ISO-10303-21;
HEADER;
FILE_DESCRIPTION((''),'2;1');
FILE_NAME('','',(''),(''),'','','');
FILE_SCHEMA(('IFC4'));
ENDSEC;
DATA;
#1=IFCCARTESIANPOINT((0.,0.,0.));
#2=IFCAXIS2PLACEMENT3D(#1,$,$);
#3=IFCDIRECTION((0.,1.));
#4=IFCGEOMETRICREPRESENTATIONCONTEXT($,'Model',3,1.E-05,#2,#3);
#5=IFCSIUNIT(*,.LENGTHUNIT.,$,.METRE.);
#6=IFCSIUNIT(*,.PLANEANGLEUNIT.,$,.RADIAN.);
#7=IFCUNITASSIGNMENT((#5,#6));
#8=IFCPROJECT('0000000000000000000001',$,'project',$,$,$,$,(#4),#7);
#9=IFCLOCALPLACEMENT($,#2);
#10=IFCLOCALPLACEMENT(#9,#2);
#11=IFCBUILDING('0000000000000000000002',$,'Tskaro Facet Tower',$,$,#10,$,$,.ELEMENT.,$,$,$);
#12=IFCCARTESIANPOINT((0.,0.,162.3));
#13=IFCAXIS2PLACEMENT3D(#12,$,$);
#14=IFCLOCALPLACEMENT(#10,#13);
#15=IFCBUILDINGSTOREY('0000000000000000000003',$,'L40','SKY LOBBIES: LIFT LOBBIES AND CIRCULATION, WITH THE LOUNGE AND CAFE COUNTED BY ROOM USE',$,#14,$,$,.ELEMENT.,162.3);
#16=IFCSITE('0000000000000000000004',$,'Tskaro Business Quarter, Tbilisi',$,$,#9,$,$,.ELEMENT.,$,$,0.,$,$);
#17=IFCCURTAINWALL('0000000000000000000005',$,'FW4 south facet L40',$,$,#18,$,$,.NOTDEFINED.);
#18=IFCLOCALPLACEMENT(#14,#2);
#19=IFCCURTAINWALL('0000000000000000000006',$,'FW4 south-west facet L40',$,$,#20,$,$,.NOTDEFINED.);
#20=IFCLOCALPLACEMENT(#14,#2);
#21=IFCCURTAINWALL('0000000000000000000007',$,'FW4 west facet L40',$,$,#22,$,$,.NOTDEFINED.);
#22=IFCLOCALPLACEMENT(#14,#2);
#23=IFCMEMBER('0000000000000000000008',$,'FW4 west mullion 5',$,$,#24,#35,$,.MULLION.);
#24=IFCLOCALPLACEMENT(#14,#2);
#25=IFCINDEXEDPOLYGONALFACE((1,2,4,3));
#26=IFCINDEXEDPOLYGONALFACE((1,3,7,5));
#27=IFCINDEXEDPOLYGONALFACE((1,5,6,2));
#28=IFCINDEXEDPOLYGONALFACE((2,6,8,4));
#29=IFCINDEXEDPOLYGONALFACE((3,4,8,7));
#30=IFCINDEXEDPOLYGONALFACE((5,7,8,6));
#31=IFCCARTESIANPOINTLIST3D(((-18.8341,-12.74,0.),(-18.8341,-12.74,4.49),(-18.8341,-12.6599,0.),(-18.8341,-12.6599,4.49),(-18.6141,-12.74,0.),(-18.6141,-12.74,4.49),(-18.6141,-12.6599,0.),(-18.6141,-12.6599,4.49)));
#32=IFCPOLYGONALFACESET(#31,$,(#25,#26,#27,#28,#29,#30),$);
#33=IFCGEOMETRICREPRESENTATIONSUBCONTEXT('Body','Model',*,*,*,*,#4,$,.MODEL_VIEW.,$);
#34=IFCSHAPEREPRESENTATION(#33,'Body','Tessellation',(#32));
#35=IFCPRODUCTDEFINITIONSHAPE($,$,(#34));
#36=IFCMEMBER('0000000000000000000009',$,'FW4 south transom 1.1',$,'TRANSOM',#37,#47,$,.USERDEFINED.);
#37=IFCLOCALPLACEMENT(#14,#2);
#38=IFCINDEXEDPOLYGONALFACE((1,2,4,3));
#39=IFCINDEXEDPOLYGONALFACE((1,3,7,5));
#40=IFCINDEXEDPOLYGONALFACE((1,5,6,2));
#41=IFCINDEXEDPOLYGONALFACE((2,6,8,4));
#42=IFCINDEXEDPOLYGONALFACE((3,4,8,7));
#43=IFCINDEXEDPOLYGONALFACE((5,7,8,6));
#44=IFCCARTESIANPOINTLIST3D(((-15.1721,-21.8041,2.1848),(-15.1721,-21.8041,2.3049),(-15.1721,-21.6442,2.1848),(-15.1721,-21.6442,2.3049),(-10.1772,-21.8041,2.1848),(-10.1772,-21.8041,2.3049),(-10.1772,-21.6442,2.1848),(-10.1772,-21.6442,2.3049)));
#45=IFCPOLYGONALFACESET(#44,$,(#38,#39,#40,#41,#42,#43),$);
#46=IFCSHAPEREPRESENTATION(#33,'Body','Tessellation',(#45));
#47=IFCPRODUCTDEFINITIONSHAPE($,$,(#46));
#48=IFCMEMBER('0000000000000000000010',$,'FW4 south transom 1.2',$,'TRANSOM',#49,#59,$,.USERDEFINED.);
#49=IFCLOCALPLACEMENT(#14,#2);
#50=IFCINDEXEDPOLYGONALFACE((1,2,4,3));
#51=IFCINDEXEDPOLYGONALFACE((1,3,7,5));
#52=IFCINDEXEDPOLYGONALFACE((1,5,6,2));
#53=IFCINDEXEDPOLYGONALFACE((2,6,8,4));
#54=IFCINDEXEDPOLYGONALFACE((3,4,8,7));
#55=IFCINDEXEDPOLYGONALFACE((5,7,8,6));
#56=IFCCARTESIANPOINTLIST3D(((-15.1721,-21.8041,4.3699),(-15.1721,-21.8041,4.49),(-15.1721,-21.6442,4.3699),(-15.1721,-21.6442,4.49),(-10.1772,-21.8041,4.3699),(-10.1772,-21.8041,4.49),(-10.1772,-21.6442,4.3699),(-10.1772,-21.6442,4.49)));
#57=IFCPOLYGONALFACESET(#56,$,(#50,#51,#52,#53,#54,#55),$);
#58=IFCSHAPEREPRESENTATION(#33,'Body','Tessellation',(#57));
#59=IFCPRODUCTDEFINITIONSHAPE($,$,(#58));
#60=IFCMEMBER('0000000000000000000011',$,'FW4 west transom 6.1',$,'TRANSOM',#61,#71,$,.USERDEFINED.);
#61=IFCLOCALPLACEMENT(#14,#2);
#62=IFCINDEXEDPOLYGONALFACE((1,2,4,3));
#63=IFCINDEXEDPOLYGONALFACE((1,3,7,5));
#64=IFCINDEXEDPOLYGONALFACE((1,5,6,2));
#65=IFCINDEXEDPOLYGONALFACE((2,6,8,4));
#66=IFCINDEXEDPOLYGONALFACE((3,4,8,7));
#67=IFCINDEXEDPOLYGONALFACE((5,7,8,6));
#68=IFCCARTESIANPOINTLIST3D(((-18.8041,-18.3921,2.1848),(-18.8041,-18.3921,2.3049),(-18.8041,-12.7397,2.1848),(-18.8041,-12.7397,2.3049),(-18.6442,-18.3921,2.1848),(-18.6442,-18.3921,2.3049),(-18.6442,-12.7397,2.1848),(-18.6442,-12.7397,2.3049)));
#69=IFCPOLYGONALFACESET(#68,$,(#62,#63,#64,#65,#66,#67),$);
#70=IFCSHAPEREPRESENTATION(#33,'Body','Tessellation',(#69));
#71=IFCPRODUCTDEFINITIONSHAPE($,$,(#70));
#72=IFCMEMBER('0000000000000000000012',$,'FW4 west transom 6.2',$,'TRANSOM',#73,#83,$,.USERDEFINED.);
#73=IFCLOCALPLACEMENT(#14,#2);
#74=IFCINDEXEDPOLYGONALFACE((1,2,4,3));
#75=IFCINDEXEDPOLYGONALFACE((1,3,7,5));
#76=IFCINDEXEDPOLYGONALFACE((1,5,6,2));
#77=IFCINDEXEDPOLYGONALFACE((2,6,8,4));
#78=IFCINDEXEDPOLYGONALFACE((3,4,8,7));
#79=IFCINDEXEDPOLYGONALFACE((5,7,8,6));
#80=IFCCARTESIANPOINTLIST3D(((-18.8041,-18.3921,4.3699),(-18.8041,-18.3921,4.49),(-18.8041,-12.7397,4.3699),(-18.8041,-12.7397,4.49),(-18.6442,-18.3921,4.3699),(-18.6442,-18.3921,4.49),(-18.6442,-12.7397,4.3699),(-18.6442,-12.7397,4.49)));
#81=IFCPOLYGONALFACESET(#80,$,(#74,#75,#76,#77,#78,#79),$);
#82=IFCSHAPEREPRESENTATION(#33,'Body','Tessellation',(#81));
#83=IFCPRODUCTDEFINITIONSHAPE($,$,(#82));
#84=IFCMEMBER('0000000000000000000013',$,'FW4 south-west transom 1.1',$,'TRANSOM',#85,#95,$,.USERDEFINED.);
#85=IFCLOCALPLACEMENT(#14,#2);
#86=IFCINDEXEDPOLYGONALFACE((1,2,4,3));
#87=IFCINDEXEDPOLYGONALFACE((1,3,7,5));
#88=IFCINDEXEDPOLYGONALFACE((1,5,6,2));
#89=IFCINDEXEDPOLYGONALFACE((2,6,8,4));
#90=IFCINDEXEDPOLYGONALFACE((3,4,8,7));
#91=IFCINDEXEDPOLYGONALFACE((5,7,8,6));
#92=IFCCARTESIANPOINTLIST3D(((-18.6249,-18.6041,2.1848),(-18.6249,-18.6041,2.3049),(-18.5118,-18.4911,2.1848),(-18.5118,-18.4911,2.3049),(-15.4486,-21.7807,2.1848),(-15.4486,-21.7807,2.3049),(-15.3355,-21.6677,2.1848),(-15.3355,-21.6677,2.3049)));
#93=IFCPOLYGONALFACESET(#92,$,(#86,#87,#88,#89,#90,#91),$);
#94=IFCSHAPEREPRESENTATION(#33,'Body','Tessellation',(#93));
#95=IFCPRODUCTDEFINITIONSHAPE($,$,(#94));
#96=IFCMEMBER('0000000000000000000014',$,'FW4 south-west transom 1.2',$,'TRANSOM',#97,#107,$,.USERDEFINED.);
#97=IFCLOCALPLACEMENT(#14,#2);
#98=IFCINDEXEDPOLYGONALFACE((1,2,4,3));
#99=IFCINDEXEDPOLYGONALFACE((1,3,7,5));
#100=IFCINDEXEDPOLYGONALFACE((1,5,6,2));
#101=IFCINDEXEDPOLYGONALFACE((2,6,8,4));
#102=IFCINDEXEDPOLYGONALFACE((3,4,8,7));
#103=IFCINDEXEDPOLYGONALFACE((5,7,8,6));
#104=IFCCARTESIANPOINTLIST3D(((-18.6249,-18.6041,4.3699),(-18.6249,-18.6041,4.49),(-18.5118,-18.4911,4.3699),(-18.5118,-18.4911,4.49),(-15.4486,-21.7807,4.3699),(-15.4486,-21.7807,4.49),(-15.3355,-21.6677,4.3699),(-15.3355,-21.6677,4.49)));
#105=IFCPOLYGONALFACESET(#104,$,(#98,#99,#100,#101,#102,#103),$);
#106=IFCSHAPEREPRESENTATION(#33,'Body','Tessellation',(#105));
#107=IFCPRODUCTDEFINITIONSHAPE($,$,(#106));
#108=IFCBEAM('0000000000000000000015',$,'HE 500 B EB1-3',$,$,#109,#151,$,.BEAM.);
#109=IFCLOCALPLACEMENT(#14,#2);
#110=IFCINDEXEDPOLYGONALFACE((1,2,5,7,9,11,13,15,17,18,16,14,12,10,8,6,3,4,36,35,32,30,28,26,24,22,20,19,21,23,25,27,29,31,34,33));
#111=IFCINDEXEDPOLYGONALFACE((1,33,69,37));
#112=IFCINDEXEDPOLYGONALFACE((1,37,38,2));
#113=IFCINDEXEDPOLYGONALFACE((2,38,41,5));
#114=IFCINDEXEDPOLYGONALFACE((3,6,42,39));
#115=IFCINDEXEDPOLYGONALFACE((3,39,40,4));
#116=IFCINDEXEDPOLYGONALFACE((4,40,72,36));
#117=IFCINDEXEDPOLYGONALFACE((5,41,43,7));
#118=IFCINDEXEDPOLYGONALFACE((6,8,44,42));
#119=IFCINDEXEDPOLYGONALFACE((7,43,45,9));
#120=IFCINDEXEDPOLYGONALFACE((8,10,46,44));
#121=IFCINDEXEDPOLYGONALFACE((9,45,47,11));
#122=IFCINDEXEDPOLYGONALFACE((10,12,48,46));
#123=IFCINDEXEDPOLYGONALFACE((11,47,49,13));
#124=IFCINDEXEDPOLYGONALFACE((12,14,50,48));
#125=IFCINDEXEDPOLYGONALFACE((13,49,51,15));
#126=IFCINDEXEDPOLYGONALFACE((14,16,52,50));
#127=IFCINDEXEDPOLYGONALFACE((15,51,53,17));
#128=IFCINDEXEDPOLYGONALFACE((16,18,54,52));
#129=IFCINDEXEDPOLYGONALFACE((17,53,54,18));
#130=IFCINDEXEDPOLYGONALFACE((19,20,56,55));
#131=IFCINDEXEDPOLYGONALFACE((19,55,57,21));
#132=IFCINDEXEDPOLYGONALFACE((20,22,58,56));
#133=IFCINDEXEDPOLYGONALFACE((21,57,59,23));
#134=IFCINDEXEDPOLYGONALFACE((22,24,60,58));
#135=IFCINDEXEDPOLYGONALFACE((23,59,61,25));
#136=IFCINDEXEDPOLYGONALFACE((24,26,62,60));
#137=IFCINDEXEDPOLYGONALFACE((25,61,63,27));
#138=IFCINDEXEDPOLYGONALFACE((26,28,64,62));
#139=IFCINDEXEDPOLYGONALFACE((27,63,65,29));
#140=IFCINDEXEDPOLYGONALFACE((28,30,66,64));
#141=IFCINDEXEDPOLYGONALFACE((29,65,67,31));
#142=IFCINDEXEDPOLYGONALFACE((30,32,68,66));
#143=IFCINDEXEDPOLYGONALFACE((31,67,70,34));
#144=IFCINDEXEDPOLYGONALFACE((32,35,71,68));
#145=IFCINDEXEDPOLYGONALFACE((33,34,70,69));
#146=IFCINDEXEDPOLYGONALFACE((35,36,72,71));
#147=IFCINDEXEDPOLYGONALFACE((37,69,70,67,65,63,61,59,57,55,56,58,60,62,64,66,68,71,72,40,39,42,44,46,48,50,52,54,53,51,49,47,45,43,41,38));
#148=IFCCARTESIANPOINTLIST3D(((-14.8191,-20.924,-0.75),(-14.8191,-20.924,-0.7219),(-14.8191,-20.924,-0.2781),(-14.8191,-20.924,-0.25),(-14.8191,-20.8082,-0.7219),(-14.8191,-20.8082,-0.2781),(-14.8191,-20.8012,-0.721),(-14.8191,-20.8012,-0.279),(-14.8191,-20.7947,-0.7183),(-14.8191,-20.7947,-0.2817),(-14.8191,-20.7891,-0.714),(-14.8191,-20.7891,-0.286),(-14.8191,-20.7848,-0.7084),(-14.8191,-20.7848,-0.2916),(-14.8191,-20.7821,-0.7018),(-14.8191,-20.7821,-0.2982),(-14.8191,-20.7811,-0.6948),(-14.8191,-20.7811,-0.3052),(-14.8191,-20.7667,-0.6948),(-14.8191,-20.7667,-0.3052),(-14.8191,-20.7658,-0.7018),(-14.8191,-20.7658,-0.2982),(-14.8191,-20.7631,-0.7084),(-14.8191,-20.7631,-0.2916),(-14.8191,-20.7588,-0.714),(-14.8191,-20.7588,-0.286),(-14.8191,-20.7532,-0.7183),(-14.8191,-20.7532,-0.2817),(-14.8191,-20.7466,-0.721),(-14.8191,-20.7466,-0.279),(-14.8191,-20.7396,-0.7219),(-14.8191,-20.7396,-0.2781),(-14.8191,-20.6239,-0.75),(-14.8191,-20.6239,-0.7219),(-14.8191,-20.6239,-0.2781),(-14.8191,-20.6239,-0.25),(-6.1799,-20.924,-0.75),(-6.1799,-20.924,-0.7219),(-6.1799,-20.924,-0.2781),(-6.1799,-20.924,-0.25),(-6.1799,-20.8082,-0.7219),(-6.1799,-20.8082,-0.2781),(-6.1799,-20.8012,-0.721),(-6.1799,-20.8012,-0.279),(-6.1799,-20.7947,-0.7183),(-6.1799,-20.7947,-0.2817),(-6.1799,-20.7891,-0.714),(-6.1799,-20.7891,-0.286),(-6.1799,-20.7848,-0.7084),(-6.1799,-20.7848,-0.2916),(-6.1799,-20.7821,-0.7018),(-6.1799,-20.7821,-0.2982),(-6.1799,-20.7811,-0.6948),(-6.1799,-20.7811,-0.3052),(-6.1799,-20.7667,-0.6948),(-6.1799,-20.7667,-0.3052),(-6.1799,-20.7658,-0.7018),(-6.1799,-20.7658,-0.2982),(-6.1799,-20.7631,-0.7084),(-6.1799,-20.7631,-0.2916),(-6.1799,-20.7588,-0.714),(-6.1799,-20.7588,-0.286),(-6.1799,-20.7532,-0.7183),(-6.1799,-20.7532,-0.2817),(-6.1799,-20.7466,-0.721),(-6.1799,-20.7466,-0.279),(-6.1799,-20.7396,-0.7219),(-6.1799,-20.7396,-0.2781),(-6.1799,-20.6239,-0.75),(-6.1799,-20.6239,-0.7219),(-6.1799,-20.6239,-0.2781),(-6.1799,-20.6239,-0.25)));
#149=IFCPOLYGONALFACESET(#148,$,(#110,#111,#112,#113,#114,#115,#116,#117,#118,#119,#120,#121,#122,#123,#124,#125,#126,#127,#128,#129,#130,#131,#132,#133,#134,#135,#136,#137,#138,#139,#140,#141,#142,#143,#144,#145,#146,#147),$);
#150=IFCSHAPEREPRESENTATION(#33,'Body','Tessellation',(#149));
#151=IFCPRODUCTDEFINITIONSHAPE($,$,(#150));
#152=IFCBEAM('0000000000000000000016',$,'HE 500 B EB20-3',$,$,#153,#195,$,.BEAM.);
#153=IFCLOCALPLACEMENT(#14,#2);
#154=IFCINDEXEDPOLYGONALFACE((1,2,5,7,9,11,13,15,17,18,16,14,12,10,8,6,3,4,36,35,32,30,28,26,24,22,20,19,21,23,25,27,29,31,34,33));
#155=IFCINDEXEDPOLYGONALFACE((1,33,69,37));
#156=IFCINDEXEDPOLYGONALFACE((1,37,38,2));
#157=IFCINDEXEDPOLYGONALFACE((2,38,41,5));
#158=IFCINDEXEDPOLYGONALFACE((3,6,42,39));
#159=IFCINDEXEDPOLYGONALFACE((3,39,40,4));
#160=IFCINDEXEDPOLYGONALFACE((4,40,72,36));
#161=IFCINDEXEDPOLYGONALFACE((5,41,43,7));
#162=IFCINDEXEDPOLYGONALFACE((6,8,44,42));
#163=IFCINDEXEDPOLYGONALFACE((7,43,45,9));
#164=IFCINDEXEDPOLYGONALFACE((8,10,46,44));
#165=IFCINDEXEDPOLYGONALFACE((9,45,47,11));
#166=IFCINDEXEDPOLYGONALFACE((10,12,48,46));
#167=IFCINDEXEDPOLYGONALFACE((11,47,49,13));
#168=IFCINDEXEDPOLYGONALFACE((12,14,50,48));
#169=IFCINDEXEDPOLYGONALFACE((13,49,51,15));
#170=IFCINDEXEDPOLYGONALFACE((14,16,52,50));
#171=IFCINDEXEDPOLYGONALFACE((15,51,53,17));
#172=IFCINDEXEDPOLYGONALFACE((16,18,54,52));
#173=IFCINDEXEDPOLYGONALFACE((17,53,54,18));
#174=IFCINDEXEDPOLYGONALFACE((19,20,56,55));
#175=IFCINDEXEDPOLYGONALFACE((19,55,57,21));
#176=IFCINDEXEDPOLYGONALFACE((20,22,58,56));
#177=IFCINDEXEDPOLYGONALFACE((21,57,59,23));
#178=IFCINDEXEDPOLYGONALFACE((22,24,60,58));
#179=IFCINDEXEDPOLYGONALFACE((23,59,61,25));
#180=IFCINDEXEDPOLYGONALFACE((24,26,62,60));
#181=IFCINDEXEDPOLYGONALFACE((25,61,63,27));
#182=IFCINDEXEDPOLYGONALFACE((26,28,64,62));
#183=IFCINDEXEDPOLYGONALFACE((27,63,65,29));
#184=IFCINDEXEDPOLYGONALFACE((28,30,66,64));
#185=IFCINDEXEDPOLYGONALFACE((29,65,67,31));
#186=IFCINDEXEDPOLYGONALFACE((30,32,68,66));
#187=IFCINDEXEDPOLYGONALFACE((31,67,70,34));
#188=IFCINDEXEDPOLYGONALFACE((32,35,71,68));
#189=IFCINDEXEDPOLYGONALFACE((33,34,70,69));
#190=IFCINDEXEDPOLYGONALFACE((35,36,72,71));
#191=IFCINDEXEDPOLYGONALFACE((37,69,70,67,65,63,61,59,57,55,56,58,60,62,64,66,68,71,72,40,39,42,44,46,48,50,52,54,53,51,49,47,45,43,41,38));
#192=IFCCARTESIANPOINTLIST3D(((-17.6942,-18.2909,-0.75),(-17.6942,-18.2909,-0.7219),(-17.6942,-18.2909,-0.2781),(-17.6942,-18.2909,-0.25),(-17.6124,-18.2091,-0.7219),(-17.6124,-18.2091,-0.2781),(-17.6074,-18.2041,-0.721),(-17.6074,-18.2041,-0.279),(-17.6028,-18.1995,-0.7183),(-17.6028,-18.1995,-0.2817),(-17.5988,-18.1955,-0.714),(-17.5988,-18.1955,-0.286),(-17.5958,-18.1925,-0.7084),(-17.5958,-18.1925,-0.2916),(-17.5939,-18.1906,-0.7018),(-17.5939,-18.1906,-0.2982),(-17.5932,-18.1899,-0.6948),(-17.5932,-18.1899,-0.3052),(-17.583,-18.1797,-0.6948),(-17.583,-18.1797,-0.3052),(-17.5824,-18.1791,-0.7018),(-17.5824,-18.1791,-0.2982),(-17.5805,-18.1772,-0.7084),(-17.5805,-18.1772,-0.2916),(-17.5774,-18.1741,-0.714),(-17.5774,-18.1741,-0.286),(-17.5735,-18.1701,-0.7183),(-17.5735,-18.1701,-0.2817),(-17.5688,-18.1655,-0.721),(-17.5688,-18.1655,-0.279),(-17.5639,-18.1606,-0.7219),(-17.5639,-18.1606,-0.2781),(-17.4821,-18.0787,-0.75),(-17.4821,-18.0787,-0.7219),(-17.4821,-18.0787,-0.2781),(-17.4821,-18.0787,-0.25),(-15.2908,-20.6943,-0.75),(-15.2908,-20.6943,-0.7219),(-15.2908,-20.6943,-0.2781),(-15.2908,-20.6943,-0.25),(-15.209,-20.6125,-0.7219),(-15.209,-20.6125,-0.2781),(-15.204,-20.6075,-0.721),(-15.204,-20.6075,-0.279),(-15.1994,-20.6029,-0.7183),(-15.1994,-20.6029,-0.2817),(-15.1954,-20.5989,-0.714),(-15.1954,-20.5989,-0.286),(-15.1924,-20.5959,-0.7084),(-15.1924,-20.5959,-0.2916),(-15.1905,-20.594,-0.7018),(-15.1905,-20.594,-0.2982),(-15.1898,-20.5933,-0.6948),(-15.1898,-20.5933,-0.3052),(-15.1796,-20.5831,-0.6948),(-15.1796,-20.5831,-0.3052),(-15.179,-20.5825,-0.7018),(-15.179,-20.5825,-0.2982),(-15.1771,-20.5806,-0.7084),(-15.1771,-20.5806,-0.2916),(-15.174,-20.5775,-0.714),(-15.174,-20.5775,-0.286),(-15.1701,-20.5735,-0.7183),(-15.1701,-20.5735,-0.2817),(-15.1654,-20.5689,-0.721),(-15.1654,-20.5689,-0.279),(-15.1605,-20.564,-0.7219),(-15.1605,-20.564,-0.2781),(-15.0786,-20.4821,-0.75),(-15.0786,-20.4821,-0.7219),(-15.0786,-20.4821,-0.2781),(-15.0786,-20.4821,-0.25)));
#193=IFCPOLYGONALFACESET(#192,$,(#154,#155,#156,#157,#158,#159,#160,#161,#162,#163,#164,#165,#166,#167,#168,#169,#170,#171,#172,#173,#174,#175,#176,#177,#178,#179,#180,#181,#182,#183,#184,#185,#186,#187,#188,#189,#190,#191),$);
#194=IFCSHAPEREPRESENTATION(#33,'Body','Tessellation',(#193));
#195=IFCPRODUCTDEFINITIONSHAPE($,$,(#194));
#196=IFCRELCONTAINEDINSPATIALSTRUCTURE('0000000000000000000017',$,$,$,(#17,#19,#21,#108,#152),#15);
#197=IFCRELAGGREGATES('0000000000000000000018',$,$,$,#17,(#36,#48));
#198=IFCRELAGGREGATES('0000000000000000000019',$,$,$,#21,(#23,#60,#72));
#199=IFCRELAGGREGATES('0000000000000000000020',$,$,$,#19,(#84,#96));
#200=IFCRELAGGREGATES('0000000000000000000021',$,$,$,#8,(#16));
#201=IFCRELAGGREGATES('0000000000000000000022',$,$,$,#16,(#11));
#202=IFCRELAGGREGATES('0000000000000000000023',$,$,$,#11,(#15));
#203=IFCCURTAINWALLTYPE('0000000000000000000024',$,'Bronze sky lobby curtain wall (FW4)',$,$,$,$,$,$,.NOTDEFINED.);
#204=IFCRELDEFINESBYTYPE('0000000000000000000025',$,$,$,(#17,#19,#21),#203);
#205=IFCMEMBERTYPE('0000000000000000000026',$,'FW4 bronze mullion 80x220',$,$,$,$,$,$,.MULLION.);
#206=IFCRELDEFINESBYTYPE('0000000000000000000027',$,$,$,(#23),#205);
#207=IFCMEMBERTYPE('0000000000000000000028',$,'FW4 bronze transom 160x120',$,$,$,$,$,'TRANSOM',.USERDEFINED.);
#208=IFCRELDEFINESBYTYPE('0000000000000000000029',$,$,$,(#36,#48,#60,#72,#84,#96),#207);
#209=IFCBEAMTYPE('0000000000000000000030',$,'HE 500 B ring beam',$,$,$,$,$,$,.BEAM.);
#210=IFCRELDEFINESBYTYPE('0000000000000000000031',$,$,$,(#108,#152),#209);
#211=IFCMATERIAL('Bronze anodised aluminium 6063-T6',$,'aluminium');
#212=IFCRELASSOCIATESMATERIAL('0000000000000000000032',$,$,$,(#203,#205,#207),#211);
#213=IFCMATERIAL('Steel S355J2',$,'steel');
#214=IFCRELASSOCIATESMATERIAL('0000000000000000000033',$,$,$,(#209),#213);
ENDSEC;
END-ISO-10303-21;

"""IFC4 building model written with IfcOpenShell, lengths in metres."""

from ifc_helpers import new_model, si_unit, direction, frame, origin, origin_2d, place, context, subcontext, project, spatial, rectangle, i_section, extrude, material, material_profile, profile_set, type_object, element, aggregate, save


model = new_model("IFC4")

# Units and contexts
model_context = context("Model", 3, precision=1e-05, world=origin(), true_north=direction((0.0, 1.0)))
body_context = subcontext(model_context, "Body", "Model", "MODEL_VIEW")
ifc_project = project(units=[si_unit("LENGTHUNIT", "METRE"), si_unit("PLANEANGLEUNIT", "RADIAN")], contexts=[model_context])

# Site, building, storey
site_placement = place(None, origin())
site = spatial("IfcSite", under=ifc_project, at=site_placement, Name="Tskaro Business Quarter, Tbilisi", CompositionType="ELEMENT", RefElevation=0.0)
building_placement = place(site_placement, origin())
building = spatial("IfcBuilding", under=site, at=building_placement, Name="Tskaro Facet Tower", CompositionType="ELEMENT")
storey_placement = place(building_placement, frame((0.0, 0.0, 162.3)))
storey = spatial("IfcBuildingStorey", under=building, at=storey_placement, Name="L40", Description="SKY LOBBIES: LIFT LOBBIES AND CIRCULATION, WITH THE LOUNGE AND CAFE COUNTED BY ROOM USE", CompositionType="ELEMENT", Elevation=162.3)

# Curtain walls, member
ifc_material_1 = material(Name="Bronze anodised aluminium 6063-T6", Category="aluminium")
curtain_wall_type = type_object("IfcCurtainWallType", Name="Bronze sky lobby curtain wall (FW4)", PredefinedType="NOTDEFINED", material=ifc_material_1)
curtain_wall_1_placement = place(storey_placement, origin())
curtain_wall_1 = element("IfcCurtainWall", 1, at=curtain_wall_1_placement, inside=storey, type_object=curtain_wall_type, Name="FW4 south facet L40", PredefinedType="NOTDEFINED")
curtain_wall_2_placement = place(storey_placement, origin())
curtain_wall_2 = element("IfcCurtainWall", 2, at=curtain_wall_2_placement, inside=storey, type_object=curtain_wall_type, Name="FW4 south-west facet L40", PredefinedType="NOTDEFINED")
curtain_wall_3_placement = place(storey_placement, origin())
curtain_wall_3 = element("IfcCurtainWall", 3, at=curtain_wall_3_placement, inside=storey, type_object=curtain_wall_type, Name="FW4 west facet L40", PredefinedType="NOTDEFINED")
ifc_material_profile_1 = material_profile(ifc_material_1, rectangle(XDim=0.0801, YDim=0.22, at=origin_2d()), Name="Mullion 80x220")
ifc_profile_set_1 = profile_set([ifc_material_profile_1], Name="Bronze anodised aluminium 6063-T6")
member_type_1 = type_object("IfcMemberType", Name="FW4 bronze mullion 80x220", PredefinedType="MULLION", material=ifc_profile_set_1)
member_1_placement = place(storey_placement, frame((-18.7241, -12.7, 0.0), z_axis=(0.0, 0.0, 1.0), x_axis=(0.0, -1.0, 0.0)))
member_1 = element("IfcMember", 4, at=member_1_placement, type_object=member_type_1, Name="FW4 west mullion 5", PredefinedType="MULLION", context=body_context, shape_type="SweptSolid", body=[
    extrude(rectangle(XDim=0.0801, YDim=0.22, at=origin_2d()), origin(), (0.0, 0.0, 1.0), 4.49),
])

# Members
ifc_material_profile_2 = material_profile(ifc_material_1, rectangle(XDim=0.1599, YDim=0.1201, at=origin_2d()), Name="Transom 160x120")
ifc_profile_set_2 = profile_set([ifc_material_profile_2], Name="Bronze anodised aluminium 6063-T6")
member_type_2 = type_object("IfcMemberType", Name="FW4 bronze transom 160x120", ElementType="TRANSOM", PredefinedType="USERDEFINED", material=ifc_profile_set_2)
member_2_placement = place(storey_placement, frame((-15.1721, -21.7241, 2.2449), z_axis=(1.0, 0.0, 0.0), x_axis=(0.0, 1.0, 0.0)))
member_2 = element("IfcMember", 5, at=member_2_placement, type_object=member_type_2, Name="FW4 south transom 1.1", ObjectType="TRANSOM", PredefinedType="USERDEFINED", context=body_context, shape_type="SweptSolid", body=[
    extrude(rectangle(XDim=0.1599, YDim=0.1201, at=origin_2d()), origin(), (0.0, 0.0, 1.0), 4.9949),
])
member_3_placement = place(storey_placement, frame((-15.1721, -21.7241, 4.4299), z_axis=(1.0, 0.0, 0.0), x_axis=(0.0, 1.0, 0.0)))
member_3 = element("IfcMember", 6, at=member_3_placement, type_object=member_type_2, Name="FW4 south transom 1.2", ObjectType="TRANSOM", PredefinedType="USERDEFINED", context=body_context, shape_type="SweptSolid", body=[
    extrude(rectangle(XDim=0.1599, YDim=0.1201, at=origin_2d()), origin(), (0.0, 0.0, 1.0), 4.9949),
])
aggregate(curtain_wall_1, [member_2, member_3])
member_4_placement = place(storey_placement, frame((-18.7241, -12.7397, 2.2449), z_axis=(0.0, -1.0, 0.0), x_axis=(1.0, 0.0, 0.0)))
member_4 = element("IfcMember", 7, at=member_4_placement, type_object=member_type_2, Name="FW4 west transom 6.1", ObjectType="TRANSOM", PredefinedType="USERDEFINED", context=body_context, shape_type="SweptSolid", body=[
    extrude(rectangle(XDim=0.1599, YDim=0.1201, at=origin_2d()), origin(), (0.0, 0.0, 1.0), 5.6523),
])
member_5_placement = place(storey_placement, frame((-18.7241, -12.7397, 4.4299), z_axis=(0.0, -1.0, 0.0), x_axis=(1.0, 0.0, 0.0)))
member_5 = element("IfcMember", 8, at=member_5_placement, type_object=member_type_2, Name="FW4 west transom 6.2", ObjectType="TRANSOM", PredefinedType="USERDEFINED", context=body_context, shape_type="SweptSolid", body=[
    extrude(rectangle(XDim=0.1599, YDim=0.1201, at=origin_2d()), origin(), (0.0, 0.0, 1.0), 5.6523),
])
member_6_placement = place(storey_placement, frame((-18.5684, -18.5476, 2.2449), z_axis=(0.70708, -0.707134, 0.0), x_axis=(0.707134, 0.70708, 0.0)))
member_6 = element("IfcMember", 9, at=member_6_placement, type_object=member_type_2, Name="FW4 south-west transom 1.1", ObjectType="TRANSOM", PredefinedType="USERDEFINED", context=body_context, shape_type="SweptSolid", body=[
    extrude(rectangle(XDim=0.1599, YDim=0.1201, at=origin_2d()), origin(), (0.0, 0.0, 1.0), 4.4922),
])
member_7_placement = place(storey_placement, frame((-18.5684, -18.5476, 4.4299), z_axis=(0.70708, -0.707134, 0.0), x_axis=(0.707134, 0.70708, 0.0)))
member_7 = element("IfcMember", 10, at=member_7_placement, type_object=member_type_2, Name="FW4 south-west transom 1.2", ObjectType="TRANSOM", PredefinedType="USERDEFINED", context=body_context, shape_type="SweptSolid", body=[
    extrude(rectangle(XDim=0.1599, YDim=0.1201, at=origin_2d()), origin(), (0.0, 0.0, 1.0), 4.4922),
])

# Beams
ifc_material_2 = material(Name="Steel S355J2", Category="steel")
ifc_material_profile_3 = material_profile(ifc_material_2, i_section(OverallWidth=0.3, OverallDepth=0.5, WebThickness=0.0144, FlangeThickness=0.0281, FilletRadius=0.0271, at=origin_2d()), Name="HE 500 B")
ifc_profile_set_3 = profile_set([ifc_material_profile_3], Name="Steel S355J2")
beam_type_1 = type_object("IfcBeamType", Name="HE 500 B ring beam", PredefinedType="BEAM", material=ifc_profile_set_3)
beam_1_placement = place(storey_placement, frame((-14.8191, -20.7739, -0.5), z_axis=(1.0, 0.0, 0.0), x_axis=(0.0, 1.0, 0.0)))
element("IfcBeam", 11, at=beam_1_placement, inside=storey, type_object=beam_type_1, Name="HE 500 B EB1-3", PredefinedType="BEAM", context=body_context, shape_type="SweptSolid", body=[
    extrude(i_section(OverallWidth=0.3, OverallDepth=0.5, WebThickness=0.0144, FlangeThickness=0.0281, FilletRadius=0.0271, at=origin_2d()), origin(), (0.0, 0.0, 1.0), 8.6392),
])
beam_2_placement = place(storey_placement, frame((-17.5881, -18.1848, -0.5), z_axis=(0.707107, -0.707107, 0.0), x_axis=(0.707107, 0.707107, 0.0)))
element("IfcBeam", 12, at=beam_2_placement, inside=storey, type_object=beam_type_1, Name="HE 500 B EB20-3", PredefinedType="BEAM", context=body_context, shape_type="SweptSolid", body=[
    extrude(i_section(OverallWidth=0.3, OverallDepth=0.5, WebThickness=0.0144, FlangeThickness=0.0281, FilletRadius=0.0271, at=origin_2d()), origin(), (0.0, 0.0, 1.0), 3.3989),
])

aggregate(curtain_wall_3, [member_1, member_4, member_5])
aggregate(curtain_wall_2, [member_6, member_7])

save(model, "model.ifc")
